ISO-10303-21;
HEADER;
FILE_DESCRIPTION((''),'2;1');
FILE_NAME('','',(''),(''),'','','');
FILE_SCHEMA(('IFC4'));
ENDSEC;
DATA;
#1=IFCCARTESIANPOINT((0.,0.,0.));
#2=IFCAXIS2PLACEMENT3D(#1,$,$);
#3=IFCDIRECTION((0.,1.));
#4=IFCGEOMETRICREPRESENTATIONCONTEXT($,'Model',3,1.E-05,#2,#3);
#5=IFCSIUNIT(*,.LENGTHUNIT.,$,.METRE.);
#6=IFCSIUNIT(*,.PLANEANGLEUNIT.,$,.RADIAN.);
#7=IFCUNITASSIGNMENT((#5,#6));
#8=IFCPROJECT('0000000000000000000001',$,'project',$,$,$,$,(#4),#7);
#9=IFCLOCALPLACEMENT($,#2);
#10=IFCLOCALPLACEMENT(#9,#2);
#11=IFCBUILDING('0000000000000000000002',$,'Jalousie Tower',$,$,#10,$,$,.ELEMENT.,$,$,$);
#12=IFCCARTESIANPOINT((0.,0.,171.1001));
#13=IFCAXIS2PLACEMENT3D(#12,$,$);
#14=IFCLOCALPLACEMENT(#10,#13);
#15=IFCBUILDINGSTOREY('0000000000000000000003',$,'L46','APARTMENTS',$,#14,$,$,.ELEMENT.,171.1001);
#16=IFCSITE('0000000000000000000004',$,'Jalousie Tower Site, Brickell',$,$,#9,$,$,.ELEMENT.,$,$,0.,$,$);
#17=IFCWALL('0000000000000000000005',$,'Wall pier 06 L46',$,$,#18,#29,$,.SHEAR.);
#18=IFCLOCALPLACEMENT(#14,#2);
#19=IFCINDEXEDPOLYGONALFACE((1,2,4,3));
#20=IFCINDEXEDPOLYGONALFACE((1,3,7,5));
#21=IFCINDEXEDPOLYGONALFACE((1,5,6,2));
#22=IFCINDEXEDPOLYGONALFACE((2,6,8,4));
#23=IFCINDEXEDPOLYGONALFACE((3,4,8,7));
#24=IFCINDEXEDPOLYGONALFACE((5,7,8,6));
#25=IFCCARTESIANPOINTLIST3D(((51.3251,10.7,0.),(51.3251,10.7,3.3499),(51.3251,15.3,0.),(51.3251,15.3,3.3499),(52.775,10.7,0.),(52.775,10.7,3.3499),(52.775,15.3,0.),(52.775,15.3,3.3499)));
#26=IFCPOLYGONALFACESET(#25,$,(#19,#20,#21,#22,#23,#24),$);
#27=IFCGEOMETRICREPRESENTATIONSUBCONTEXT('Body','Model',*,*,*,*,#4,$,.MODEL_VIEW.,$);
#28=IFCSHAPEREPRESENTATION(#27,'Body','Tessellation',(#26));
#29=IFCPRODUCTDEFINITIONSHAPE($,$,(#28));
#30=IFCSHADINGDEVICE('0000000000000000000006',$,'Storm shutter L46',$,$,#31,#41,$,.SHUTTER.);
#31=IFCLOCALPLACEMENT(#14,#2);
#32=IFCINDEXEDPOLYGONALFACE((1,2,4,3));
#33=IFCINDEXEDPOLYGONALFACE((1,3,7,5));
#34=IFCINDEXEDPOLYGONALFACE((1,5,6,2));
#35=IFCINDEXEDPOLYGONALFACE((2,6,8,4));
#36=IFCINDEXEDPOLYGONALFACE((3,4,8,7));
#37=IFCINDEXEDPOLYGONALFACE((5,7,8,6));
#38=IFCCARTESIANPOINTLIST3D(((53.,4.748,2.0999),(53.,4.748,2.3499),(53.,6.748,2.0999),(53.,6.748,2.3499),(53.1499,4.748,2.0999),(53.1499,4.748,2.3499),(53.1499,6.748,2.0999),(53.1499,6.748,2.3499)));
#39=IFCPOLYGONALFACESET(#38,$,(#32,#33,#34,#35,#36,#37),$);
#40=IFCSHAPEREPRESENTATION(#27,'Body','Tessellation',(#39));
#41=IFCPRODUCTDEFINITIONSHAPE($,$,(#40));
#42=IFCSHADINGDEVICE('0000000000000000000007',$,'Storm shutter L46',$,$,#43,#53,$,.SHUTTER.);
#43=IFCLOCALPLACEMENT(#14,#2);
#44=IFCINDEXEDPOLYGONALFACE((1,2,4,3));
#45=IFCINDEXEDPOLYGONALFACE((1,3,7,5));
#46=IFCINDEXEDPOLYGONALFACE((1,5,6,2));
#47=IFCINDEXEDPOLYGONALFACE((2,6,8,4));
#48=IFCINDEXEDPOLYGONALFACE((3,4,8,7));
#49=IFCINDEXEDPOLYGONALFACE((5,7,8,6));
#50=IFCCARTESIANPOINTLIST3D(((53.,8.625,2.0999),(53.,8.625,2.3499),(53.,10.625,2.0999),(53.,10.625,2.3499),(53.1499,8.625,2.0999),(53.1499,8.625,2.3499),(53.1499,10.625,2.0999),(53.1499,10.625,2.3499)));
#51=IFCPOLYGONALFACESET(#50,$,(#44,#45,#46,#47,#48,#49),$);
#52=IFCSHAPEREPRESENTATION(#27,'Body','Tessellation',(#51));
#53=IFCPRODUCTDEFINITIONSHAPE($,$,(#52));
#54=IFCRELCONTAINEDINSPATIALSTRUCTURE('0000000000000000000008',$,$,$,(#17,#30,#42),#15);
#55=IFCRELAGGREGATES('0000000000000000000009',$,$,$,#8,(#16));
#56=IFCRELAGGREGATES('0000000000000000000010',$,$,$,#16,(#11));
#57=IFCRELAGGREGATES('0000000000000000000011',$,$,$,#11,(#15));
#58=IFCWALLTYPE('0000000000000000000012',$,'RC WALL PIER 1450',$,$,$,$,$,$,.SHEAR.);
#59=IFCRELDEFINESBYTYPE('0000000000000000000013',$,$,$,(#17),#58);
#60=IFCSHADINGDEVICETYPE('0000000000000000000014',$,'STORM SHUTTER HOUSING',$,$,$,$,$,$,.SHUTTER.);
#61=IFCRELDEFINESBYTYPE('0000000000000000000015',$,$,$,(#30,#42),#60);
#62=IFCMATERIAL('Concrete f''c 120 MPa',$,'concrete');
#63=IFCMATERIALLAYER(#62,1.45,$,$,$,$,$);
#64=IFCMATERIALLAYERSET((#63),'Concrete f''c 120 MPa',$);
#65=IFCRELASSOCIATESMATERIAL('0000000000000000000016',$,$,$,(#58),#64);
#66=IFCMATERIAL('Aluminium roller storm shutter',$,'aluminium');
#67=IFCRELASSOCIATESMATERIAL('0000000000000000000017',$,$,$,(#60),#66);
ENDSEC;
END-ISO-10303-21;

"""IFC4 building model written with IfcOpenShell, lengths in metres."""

from ifc_helpers import new_model, si_unit, direction, frame, frame_2d, origin, origin_2d, place, context, subcontext, project, spatial, rectangle, extrude, material, layer, layer_set, type_object, element, save


model = new_model("IFC4")

# Units and contexts
model_context = context("Model", 3, precision=1e-05, world=origin(), true_north=direction((0.0, 1.0)))
body_context = subcontext(model_context, "Body", "Model", "MODEL_VIEW")
ifc_project = project(units=[si_unit("LENGTHUNIT", "METRE"), si_unit("PLANEANGLEUNIT", "RADIAN")], contexts=[model_context])

# Site, building, storey
site_placement = place(None, origin())
site = spatial("IfcSite", under=ifc_project, at=site_placement, Name="Jalousie Tower Site, Brickell", CompositionType="ELEMENT", RefElevation=0.0)
building_placement = place(site_placement, origin())
building = spatial("IfcBuilding", under=site, at=building_placement, Name="Jalousie Tower", CompositionType="ELEMENT")
storey_placement = place(building_placement, frame((0.0, 0.0, 171.1001)))
storey = spatial("IfcBuildingStorey", under=building, at=storey_placement, Name="L46", Description="APARTMENTS", CompositionType="ELEMENT", Elevation=171.1001)

# Wall
ifc_material_1 = material(Name="Concrete f'c 120 MPa", Category="concrete")
ifc_layer_1 = layer(ifc_material_1, 1.45)
ifc_layer_set_1 = layer_set([ifc_layer_1], Name="Concrete f'c 120 MPa")
wall_type_1 = type_object("IfcWallType", Name="RC WALL PIER 1450", PredefinedType="SHEAR", material=ifc_layer_set_1)
wall_1_placement = place(storey_placement, frame((52.05, 10.7, 0.0), z_axis=(0.0, 0.0, 1.0), x_axis=(0.0, 1.0, 0.0)))
element("IfcWall", 1, at=wall_1_placement, inside=storey, type_object=wall_type_1, Name="Wall pier 06 L46", PredefinedType="SHEAR", context=body_context, shape_type="SweptSolid", body=[
    extrude(rectangle(XDim=4.6001, YDim=1.45, at=frame_2d((2.3, 0.0))), origin(), (0.0, 0.0, 1.0), 3.3499),
])

# Shading devices
ifc_material_2 = material(Name="Aluminium roller storm shutter", Category="aluminium")
shading_device_type = type_object("IfcShadingDeviceType", Name="STORM SHUTTER HOUSING", PredefinedType="SHUTTER", material=ifc_material_2)
for number, where, z_axis, x_axis, name in (
    (2, (53.075, 5.748, 2.0999), (0.0, 0.0, 1.0), (0.0, 1.0, 0.0), "Storm shutter L46"),
    (3, (53.075, 9.625, 2.0999), (0.0, 0.0, 1.0), (0.0, 1.0, 0.0), "Storm shutter L46"),
):
    element("IfcShadingDevice", number, at=place(storey_placement, frame(where, z_axis=z_axis, x_axis=x_axis)), inside=storey, type_object=shading_device_type, Name=name, PredefinedType="SHUTTER", context=body_context, shape_type="SweptSolid", body=[
        extrude(rectangle(XDim=2.0, YDim=0.1499, at=origin_2d()), origin(), (0.0, 0.0, 1.0), 0.25),
    ])

save(model, "model.ifc")
